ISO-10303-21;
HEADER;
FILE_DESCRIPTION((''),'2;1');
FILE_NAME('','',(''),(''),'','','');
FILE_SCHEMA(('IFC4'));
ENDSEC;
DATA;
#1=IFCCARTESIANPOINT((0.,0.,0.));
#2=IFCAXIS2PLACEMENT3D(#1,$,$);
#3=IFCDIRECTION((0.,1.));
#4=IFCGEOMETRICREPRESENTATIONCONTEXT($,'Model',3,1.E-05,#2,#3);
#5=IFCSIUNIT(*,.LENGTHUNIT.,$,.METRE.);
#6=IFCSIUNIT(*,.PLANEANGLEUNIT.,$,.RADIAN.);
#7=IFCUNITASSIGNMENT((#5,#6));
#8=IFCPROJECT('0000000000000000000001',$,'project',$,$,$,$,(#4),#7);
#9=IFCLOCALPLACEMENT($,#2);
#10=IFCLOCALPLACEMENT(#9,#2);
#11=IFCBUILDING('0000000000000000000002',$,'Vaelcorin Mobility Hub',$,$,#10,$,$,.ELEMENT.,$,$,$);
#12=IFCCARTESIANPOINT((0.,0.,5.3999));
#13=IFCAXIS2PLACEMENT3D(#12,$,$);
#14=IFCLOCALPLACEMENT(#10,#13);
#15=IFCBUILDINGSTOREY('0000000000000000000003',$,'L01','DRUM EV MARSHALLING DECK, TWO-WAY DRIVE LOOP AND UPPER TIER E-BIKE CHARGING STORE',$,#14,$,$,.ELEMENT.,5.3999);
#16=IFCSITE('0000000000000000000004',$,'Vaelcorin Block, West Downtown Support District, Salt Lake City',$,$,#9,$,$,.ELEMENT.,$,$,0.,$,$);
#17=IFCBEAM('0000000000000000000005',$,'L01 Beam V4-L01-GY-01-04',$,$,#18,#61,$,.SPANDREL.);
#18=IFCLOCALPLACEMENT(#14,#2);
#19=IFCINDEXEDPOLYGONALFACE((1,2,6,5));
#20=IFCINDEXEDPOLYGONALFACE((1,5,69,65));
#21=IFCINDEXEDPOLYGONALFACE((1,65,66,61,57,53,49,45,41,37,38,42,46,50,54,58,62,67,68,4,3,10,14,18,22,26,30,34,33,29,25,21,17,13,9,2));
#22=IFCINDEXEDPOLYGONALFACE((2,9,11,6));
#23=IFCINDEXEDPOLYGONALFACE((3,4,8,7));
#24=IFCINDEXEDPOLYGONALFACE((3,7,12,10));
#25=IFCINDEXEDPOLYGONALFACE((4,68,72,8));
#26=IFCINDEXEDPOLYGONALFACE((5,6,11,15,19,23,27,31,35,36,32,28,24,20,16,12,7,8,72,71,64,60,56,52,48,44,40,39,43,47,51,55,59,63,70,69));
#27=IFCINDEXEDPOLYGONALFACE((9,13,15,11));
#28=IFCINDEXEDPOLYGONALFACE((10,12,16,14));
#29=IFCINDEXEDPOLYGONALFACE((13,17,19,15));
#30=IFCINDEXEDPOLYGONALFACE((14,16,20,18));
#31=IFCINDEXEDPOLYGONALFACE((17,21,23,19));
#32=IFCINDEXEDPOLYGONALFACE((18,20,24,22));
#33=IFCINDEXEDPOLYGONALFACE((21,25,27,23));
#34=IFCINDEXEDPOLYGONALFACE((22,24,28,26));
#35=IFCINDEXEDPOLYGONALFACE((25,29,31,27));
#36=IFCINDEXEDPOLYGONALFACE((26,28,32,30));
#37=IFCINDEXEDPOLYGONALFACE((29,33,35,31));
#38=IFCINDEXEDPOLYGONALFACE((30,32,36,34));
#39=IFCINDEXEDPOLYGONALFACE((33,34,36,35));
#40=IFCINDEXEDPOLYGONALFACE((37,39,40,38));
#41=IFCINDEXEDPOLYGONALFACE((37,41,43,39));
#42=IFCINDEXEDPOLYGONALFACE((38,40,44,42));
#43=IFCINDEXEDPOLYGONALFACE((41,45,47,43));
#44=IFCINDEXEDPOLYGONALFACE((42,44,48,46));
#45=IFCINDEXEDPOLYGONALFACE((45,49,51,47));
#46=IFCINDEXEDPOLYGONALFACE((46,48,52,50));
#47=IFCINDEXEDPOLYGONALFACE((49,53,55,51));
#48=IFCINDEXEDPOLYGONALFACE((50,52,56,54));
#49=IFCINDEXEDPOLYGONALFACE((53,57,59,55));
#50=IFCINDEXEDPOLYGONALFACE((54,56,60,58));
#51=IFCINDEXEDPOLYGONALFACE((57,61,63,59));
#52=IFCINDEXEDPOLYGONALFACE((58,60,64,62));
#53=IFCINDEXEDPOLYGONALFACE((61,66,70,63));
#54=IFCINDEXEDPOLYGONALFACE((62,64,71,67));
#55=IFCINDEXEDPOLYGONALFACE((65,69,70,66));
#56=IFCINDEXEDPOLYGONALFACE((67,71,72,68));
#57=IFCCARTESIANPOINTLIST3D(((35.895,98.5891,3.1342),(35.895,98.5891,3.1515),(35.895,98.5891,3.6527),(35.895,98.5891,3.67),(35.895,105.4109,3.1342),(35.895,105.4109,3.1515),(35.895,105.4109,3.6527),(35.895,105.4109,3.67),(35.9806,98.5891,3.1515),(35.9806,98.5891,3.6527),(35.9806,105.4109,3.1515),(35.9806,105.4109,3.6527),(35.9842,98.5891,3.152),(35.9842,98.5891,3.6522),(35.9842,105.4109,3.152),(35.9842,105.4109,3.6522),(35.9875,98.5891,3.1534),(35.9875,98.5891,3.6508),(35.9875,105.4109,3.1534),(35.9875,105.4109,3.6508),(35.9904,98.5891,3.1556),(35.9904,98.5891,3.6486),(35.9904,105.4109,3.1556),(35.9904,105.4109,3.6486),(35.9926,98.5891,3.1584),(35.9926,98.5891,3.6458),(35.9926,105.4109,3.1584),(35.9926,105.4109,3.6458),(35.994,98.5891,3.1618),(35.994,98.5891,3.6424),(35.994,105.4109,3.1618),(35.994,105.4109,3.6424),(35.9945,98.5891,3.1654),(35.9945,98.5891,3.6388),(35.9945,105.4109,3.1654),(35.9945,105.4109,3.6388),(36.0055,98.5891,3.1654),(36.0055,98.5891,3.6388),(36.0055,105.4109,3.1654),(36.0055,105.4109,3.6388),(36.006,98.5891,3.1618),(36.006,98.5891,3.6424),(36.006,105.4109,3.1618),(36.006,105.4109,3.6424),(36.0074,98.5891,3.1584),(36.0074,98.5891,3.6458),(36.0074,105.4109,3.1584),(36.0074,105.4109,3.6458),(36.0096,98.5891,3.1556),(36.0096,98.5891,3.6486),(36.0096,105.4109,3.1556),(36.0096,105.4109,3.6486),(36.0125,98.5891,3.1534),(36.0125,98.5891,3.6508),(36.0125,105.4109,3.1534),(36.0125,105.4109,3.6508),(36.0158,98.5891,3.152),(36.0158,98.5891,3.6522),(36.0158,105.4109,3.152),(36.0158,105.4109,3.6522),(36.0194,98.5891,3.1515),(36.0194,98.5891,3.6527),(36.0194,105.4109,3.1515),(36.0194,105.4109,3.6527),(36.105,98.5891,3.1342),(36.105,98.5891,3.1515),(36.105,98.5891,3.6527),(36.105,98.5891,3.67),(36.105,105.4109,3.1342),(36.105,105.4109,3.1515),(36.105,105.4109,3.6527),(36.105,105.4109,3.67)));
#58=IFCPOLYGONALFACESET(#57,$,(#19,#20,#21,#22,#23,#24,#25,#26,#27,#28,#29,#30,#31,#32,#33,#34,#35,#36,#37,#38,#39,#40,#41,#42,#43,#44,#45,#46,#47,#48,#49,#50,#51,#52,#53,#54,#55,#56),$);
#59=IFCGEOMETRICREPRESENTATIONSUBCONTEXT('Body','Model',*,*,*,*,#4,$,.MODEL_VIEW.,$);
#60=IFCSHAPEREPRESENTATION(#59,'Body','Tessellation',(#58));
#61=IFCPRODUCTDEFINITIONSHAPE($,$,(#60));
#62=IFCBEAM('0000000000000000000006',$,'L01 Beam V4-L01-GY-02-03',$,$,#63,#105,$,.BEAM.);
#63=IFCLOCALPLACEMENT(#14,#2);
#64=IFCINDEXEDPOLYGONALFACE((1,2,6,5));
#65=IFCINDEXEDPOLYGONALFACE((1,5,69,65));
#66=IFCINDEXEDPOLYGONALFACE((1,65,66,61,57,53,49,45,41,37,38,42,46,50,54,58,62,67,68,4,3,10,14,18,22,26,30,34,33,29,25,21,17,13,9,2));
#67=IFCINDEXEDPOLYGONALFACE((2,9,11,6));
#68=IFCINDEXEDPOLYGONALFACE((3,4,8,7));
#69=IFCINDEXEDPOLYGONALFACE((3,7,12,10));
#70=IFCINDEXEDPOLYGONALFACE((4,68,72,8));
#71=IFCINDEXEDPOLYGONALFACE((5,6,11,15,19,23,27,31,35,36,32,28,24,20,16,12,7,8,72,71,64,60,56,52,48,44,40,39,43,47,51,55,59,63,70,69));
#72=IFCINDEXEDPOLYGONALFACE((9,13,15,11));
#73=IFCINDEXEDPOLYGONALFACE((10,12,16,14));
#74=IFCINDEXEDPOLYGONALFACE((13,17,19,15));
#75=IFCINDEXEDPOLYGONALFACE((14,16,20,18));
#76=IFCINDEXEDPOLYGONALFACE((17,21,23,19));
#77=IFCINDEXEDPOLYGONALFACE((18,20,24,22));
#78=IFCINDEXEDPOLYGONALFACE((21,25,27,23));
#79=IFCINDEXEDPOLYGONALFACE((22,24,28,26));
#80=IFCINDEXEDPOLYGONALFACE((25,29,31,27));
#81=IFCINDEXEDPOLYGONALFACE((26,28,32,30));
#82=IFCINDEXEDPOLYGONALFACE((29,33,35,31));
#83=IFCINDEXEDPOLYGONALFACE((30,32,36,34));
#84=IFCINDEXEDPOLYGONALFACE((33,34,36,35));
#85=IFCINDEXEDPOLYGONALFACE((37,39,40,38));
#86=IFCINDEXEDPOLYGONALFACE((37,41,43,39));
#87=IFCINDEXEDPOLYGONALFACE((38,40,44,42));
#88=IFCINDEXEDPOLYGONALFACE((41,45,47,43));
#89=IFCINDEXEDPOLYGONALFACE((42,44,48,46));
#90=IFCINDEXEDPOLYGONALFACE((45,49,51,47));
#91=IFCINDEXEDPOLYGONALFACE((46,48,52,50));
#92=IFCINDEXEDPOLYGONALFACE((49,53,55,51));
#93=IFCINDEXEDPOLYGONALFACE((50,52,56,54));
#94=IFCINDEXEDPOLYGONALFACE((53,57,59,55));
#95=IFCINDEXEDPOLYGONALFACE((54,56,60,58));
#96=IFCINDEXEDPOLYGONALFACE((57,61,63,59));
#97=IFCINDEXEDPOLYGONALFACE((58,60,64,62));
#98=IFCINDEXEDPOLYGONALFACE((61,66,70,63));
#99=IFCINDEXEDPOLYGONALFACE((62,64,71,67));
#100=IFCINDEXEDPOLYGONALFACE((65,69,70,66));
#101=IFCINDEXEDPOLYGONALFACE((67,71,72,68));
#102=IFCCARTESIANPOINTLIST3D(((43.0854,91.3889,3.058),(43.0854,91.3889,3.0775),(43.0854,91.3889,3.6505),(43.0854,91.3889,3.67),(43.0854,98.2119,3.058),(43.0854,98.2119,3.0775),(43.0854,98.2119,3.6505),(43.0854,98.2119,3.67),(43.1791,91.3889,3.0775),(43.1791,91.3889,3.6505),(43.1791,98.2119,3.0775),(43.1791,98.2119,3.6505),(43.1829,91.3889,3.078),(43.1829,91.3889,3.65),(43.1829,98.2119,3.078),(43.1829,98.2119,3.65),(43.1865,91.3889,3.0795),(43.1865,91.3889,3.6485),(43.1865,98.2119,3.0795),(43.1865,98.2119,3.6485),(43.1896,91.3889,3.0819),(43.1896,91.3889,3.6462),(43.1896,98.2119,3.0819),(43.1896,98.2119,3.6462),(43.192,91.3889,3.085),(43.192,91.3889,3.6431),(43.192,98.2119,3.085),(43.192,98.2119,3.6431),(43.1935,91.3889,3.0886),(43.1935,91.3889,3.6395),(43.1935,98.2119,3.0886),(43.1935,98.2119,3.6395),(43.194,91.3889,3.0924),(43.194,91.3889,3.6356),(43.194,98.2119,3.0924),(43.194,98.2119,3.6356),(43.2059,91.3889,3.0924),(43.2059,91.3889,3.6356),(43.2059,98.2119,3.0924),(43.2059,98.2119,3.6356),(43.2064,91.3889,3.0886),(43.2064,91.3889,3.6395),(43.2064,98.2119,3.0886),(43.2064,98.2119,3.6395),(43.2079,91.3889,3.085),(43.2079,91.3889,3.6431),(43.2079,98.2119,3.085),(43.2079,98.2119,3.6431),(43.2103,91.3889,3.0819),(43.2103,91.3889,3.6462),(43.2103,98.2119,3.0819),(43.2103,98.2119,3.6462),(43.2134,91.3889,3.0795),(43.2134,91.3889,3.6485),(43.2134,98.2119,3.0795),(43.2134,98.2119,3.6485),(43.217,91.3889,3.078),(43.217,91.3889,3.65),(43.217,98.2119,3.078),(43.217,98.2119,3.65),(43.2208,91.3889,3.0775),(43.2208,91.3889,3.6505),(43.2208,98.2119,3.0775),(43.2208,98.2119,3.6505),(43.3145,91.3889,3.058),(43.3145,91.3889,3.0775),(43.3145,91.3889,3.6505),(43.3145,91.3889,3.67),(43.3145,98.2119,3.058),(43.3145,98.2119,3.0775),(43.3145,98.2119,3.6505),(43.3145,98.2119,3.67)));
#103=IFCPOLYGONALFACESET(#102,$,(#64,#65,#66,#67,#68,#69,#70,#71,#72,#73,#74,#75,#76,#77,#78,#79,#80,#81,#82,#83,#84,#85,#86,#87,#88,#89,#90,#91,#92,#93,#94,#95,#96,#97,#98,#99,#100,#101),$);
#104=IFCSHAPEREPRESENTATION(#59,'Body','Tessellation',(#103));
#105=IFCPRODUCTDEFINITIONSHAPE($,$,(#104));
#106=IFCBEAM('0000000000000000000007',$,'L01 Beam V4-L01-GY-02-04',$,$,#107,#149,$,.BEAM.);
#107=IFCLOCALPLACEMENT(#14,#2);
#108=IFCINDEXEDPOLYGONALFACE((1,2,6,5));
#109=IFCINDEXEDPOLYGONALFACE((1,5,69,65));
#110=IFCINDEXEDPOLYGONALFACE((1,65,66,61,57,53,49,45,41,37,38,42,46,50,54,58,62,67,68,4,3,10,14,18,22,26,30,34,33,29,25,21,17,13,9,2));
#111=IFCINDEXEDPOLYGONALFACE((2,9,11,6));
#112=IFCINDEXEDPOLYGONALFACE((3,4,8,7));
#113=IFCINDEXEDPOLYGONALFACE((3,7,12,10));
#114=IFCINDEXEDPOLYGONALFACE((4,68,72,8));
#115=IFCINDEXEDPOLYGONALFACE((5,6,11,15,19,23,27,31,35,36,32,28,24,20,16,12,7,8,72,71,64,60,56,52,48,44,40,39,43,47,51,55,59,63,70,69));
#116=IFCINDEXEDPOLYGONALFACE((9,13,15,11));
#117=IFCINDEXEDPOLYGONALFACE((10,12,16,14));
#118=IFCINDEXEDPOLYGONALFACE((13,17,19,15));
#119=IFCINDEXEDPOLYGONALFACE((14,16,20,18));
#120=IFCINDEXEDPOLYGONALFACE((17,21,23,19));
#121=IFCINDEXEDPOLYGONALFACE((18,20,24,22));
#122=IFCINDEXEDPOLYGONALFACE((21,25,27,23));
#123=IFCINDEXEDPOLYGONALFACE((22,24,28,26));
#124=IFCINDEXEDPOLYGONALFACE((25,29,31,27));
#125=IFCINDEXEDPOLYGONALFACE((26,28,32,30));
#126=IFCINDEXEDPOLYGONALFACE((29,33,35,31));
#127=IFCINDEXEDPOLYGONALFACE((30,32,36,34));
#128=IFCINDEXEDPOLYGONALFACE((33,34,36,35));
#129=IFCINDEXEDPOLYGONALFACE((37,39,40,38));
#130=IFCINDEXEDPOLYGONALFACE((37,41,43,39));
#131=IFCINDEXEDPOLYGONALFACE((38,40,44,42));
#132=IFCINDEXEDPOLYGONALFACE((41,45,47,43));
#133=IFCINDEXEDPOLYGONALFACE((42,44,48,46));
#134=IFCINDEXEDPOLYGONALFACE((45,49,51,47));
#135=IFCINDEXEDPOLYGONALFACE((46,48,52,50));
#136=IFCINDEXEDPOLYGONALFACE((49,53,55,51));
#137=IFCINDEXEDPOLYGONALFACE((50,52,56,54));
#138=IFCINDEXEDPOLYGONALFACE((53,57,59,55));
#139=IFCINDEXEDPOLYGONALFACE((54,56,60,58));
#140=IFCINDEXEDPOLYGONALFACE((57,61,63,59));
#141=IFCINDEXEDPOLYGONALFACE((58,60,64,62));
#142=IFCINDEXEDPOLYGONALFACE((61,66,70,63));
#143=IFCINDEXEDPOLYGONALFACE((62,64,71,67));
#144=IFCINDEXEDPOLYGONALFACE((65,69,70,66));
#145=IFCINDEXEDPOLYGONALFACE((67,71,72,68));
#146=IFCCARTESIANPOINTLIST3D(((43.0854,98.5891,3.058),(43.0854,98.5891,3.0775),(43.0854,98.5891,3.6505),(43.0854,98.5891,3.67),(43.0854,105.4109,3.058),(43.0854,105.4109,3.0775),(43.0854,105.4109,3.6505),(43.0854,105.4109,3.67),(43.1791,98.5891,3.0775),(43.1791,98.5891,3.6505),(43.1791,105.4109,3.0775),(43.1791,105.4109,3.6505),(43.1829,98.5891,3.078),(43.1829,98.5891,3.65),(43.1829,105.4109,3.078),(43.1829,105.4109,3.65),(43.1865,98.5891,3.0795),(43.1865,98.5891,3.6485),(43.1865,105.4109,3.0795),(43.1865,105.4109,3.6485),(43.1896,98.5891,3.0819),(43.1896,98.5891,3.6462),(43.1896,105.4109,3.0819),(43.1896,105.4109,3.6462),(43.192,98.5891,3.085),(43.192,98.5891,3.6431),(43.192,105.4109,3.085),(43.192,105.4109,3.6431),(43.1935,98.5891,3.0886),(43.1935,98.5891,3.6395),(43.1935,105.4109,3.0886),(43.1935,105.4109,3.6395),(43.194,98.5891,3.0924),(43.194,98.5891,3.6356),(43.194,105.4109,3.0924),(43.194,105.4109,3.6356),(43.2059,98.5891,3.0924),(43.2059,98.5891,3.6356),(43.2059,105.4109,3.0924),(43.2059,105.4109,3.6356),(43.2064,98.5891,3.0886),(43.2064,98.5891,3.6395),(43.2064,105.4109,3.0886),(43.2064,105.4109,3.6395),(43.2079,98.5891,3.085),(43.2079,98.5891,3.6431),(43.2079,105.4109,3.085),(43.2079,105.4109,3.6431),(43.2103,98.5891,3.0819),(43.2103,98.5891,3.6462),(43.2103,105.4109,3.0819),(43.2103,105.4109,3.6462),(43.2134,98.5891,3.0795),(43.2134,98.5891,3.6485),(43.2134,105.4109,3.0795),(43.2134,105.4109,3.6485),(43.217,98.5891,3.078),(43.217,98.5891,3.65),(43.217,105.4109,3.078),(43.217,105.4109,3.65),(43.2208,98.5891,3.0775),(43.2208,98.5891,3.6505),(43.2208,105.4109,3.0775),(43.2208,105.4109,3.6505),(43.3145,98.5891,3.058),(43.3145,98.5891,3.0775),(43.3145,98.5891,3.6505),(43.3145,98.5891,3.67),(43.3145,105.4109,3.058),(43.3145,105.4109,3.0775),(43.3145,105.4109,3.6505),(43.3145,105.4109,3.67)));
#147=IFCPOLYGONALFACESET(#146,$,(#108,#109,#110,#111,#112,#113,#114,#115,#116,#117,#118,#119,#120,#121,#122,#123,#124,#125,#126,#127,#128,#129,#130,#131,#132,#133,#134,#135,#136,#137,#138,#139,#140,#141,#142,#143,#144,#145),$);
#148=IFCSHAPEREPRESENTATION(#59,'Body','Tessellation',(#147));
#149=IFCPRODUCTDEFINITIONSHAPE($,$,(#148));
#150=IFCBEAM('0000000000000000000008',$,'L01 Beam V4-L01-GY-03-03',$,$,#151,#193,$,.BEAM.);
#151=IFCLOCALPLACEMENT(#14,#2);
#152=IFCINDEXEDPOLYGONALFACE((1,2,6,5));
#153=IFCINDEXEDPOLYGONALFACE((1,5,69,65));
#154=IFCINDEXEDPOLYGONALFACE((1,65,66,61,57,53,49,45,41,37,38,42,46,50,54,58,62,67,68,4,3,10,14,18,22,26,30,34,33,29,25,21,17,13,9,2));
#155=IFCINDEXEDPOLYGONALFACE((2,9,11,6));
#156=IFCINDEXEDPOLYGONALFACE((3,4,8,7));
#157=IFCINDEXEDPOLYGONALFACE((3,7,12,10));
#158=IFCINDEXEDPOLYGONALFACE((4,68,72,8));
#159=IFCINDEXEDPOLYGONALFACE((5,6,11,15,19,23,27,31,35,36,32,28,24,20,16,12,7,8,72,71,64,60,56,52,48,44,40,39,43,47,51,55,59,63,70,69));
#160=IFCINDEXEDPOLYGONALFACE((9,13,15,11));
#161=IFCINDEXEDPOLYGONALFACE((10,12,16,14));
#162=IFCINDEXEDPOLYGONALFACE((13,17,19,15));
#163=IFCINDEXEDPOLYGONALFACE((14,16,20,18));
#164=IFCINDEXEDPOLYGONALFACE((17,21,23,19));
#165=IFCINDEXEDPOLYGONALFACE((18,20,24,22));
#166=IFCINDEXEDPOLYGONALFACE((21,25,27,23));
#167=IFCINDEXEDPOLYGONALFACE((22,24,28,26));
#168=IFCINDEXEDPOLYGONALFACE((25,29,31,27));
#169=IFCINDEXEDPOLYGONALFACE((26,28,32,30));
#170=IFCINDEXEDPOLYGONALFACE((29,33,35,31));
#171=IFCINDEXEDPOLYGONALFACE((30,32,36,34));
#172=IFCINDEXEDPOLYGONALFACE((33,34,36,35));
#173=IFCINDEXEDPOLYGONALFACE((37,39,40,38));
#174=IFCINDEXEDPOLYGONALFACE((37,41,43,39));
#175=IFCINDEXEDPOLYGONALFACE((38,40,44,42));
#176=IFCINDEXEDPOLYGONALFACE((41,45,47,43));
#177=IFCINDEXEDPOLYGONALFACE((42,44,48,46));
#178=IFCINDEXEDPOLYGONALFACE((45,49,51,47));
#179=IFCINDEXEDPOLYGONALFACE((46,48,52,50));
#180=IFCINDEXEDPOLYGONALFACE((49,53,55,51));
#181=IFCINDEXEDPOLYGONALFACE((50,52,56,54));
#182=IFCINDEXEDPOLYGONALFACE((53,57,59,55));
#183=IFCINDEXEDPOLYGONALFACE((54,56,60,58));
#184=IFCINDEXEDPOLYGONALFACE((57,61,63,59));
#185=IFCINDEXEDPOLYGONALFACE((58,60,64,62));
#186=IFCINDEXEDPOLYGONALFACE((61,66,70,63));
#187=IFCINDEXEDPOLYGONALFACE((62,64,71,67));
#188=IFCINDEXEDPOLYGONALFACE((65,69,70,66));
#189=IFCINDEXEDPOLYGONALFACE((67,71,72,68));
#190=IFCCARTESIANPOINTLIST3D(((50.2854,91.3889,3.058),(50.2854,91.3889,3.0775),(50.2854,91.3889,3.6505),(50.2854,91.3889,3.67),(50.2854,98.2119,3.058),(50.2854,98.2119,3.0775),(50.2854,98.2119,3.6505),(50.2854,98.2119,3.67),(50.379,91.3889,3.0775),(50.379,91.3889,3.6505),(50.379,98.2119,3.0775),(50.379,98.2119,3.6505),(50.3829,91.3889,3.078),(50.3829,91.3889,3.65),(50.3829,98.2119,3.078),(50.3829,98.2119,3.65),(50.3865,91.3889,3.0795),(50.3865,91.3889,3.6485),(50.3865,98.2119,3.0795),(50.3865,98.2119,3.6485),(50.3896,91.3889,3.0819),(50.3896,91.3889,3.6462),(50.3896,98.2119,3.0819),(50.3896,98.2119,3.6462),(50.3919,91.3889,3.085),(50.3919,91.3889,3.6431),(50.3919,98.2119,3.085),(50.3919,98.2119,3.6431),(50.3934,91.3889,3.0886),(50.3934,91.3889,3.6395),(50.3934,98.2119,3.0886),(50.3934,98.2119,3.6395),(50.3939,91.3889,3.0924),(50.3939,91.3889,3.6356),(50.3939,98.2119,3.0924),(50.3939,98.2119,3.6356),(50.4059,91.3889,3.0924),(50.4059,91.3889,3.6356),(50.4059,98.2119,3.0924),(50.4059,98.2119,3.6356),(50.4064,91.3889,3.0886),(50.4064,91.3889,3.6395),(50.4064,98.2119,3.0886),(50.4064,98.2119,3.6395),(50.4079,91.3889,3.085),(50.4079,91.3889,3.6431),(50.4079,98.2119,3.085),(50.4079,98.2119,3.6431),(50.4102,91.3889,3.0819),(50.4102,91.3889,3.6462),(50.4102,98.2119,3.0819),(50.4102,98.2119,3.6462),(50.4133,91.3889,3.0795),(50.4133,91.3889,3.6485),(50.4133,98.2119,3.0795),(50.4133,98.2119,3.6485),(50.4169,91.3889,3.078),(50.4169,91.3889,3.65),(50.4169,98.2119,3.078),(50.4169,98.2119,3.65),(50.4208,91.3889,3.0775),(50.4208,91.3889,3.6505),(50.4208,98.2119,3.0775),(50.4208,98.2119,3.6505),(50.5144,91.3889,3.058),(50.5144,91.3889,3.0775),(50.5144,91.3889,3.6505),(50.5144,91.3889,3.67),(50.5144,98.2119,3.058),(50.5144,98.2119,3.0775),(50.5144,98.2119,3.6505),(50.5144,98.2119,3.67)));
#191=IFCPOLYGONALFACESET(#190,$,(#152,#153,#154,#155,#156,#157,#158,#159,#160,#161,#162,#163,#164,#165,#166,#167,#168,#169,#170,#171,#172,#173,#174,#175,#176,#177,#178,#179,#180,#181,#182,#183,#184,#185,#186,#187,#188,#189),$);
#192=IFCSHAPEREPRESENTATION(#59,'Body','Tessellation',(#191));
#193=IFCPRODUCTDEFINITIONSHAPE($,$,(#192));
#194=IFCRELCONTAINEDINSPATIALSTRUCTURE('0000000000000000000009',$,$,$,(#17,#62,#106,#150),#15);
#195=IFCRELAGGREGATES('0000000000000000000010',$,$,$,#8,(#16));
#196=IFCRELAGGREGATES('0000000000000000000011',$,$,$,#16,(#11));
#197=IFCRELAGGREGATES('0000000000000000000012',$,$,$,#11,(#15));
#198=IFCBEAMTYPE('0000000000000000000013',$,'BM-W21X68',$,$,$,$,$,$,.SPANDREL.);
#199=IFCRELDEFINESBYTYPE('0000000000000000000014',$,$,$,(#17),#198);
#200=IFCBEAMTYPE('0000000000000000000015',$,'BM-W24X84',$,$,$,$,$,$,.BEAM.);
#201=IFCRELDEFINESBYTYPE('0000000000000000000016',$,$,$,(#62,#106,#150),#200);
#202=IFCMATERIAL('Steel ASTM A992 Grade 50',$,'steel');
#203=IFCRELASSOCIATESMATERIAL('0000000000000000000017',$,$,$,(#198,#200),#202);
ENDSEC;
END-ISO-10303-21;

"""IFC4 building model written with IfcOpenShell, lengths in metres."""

from ifc_helpers import new_model, si_unit, direction, frame, origin, origin_2d, place, context, subcontext, project, spatial, i_section, extrude, material, material_profile, profile_set, type_object, element, save


model = new_model("IFC4")

# Units and contexts
model_context = context("Model", 3, precision=1e-05, world=origin(), true_north=direction((0.0, 1.0)))
body_context = subcontext(model_context, "Body", "Model", "MODEL_VIEW")
ifc_project = project(units=[si_unit("LENGTHUNIT", "METRE"), si_unit("PLANEANGLEUNIT", "RADIAN")], contexts=[model_context])

# Site, building, storey
site_placement = place(None, origin())
site = spatial("IfcSite", under=ifc_project, at=site_placement, Name="Vaelcorin Block, West Downtown Support District, Salt Lake City", CompositionType="ELEMENT", RefElevation=0.0)
building_placement = place(site_placement, origin())
building = spatial("IfcBuilding", under=site, at=building_placement, Name="Vaelcorin Mobility Hub", CompositionType="ELEMENT")
storey_placement = place(building_placement, frame((0.0, 0.0, 5.3999)))
storey = spatial("IfcBuildingStorey", under=building, at=storey_placement, Name="L01", Description="DRUM EV MARSHALLING DECK, TWO-WAY DRIVE LOOP AND UPPER TIER E-BIKE CHARGING STORE", CompositionType="ELEMENT", Elevation=5.3999)

# Shared definitions
ifc_material_1 = material(Name="Steel ASTM A992 Grade 50", Category="steel")

# Beams
ifc_material_profile_1 = material_profile(ifc_material_1, i_section(OverallWidth=0.21, OverallDepth=0.5359, WebThickness=0.011, FlangeThickness=0.0173, FilletRadius=0.0139, at=origin_2d()), Name="W21X68")
ifc_profile_set_1 = profile_set([ifc_material_profile_1], Name="Steel ASTM A992 Grade 50")
beam_type_1 = type_object("IfcBeamType", Name="BM-W21X68", PredefinedType="SPANDREL", material=ifc_profile_set_1)
beam_1_placement = place(storey_placement, frame((36.0, 98.5891, 3.4021), z_axis=(0.0, 1.0, 0.0), x_axis=(-1.0, 0.0, 0.0)))
element("IfcBeam", 1, at=beam_1_placement, inside=storey, type_object=beam_type_1, Name="L01 Beam V4-L01-GY-01-04", PredefinedType="SPANDREL", context=body_context, shape_type="SweptSolid", body=[
    extrude(i_section(OverallWidth=0.21, OverallDepth=0.5359, WebThickness=0.011, FlangeThickness=0.0173, FilletRadius=0.0139, at=origin_2d()), origin(), (0.0, 0.0, 1.0), 6.8218),
])
ifc_material_profile_2 = material_profile(ifc_material_1, i_section(OverallWidth=0.229, OverallDepth=0.6121, WebThickness=0.012, FlangeThickness=0.0195, FilletRadius=0.0149, at=origin_2d()), Name="W24X84")
ifc_profile_set_2 = profile_set([ifc_material_profile_2], Name="Steel ASTM A992 Grade 50")
beam_type_2 = type_object("IfcBeamType", Name="BM-W24X84", PredefinedType="BEAM", material=ifc_profile_set_2)
beam_2_placement = place(storey_placement, frame((43.2, 91.3889, 3.364), z_axis=(0.0, 1.0, 0.0), x_axis=(-1.0, 0.0, 0.0)))
element("IfcBeam", 2, at=beam_2_placement, inside=storey, type_object=beam_type_2, Name="L01 Beam V4-L01-GY-02-03", PredefinedType="BEAM", context=body_context, shape_type="SweptSolid", body=[
    extrude(i_section(OverallWidth=0.229, OverallDepth=0.6121, WebThickness=0.012, FlangeThickness=0.0195, FilletRadius=0.0149, at=origin_2d()), origin(), (0.0, 0.0, 1.0), 6.823),
])
beam_3_placement = place(storey_placement, frame((43.2, 98.5891, 3.364), z_axis=(0.0, 1.0, 0.0), x_axis=(-1.0, 0.0, 0.0)))
element("IfcBeam", 3, at=beam_3_placement, inside=storey, type_object=beam_type_2, Name="L01 Beam V4-L01-GY-02-04", PredefinedType="BEAM", context=body_context, shape_type="SweptSolid", body=[
    extrude(i_section(OverallWidth=0.229, OverallDepth=0.6121, WebThickness=0.012, FlangeThickness=0.0195, FilletRadius=0.0149, at=origin_2d()), origin(), (0.0, 0.0, 1.0), 6.8218),
])
beam_4_placement = place(storey_placement, frame((50.3999, 91.3889, 3.364), z_axis=(0.0, 1.0, 0.0), x_axis=(-1.0, 0.0, 0.0)))
element("IfcBeam", 4, at=beam_4_placement, inside=storey, type_object=beam_type_2, Name="L01 Beam V4-L01-GY-03-03", PredefinedType="BEAM", context=body_context, shape_type="SweptSolid", body=[
    extrude(i_section(OverallWidth=0.229, OverallDepth=0.6121, WebThickness=0.012, FlangeThickness=0.0195, FilletRadius=0.0149, at=origin_2d()), origin(), (0.0, 0.0, 1.0), 6.823),
])

save(model, "model.ifc")
